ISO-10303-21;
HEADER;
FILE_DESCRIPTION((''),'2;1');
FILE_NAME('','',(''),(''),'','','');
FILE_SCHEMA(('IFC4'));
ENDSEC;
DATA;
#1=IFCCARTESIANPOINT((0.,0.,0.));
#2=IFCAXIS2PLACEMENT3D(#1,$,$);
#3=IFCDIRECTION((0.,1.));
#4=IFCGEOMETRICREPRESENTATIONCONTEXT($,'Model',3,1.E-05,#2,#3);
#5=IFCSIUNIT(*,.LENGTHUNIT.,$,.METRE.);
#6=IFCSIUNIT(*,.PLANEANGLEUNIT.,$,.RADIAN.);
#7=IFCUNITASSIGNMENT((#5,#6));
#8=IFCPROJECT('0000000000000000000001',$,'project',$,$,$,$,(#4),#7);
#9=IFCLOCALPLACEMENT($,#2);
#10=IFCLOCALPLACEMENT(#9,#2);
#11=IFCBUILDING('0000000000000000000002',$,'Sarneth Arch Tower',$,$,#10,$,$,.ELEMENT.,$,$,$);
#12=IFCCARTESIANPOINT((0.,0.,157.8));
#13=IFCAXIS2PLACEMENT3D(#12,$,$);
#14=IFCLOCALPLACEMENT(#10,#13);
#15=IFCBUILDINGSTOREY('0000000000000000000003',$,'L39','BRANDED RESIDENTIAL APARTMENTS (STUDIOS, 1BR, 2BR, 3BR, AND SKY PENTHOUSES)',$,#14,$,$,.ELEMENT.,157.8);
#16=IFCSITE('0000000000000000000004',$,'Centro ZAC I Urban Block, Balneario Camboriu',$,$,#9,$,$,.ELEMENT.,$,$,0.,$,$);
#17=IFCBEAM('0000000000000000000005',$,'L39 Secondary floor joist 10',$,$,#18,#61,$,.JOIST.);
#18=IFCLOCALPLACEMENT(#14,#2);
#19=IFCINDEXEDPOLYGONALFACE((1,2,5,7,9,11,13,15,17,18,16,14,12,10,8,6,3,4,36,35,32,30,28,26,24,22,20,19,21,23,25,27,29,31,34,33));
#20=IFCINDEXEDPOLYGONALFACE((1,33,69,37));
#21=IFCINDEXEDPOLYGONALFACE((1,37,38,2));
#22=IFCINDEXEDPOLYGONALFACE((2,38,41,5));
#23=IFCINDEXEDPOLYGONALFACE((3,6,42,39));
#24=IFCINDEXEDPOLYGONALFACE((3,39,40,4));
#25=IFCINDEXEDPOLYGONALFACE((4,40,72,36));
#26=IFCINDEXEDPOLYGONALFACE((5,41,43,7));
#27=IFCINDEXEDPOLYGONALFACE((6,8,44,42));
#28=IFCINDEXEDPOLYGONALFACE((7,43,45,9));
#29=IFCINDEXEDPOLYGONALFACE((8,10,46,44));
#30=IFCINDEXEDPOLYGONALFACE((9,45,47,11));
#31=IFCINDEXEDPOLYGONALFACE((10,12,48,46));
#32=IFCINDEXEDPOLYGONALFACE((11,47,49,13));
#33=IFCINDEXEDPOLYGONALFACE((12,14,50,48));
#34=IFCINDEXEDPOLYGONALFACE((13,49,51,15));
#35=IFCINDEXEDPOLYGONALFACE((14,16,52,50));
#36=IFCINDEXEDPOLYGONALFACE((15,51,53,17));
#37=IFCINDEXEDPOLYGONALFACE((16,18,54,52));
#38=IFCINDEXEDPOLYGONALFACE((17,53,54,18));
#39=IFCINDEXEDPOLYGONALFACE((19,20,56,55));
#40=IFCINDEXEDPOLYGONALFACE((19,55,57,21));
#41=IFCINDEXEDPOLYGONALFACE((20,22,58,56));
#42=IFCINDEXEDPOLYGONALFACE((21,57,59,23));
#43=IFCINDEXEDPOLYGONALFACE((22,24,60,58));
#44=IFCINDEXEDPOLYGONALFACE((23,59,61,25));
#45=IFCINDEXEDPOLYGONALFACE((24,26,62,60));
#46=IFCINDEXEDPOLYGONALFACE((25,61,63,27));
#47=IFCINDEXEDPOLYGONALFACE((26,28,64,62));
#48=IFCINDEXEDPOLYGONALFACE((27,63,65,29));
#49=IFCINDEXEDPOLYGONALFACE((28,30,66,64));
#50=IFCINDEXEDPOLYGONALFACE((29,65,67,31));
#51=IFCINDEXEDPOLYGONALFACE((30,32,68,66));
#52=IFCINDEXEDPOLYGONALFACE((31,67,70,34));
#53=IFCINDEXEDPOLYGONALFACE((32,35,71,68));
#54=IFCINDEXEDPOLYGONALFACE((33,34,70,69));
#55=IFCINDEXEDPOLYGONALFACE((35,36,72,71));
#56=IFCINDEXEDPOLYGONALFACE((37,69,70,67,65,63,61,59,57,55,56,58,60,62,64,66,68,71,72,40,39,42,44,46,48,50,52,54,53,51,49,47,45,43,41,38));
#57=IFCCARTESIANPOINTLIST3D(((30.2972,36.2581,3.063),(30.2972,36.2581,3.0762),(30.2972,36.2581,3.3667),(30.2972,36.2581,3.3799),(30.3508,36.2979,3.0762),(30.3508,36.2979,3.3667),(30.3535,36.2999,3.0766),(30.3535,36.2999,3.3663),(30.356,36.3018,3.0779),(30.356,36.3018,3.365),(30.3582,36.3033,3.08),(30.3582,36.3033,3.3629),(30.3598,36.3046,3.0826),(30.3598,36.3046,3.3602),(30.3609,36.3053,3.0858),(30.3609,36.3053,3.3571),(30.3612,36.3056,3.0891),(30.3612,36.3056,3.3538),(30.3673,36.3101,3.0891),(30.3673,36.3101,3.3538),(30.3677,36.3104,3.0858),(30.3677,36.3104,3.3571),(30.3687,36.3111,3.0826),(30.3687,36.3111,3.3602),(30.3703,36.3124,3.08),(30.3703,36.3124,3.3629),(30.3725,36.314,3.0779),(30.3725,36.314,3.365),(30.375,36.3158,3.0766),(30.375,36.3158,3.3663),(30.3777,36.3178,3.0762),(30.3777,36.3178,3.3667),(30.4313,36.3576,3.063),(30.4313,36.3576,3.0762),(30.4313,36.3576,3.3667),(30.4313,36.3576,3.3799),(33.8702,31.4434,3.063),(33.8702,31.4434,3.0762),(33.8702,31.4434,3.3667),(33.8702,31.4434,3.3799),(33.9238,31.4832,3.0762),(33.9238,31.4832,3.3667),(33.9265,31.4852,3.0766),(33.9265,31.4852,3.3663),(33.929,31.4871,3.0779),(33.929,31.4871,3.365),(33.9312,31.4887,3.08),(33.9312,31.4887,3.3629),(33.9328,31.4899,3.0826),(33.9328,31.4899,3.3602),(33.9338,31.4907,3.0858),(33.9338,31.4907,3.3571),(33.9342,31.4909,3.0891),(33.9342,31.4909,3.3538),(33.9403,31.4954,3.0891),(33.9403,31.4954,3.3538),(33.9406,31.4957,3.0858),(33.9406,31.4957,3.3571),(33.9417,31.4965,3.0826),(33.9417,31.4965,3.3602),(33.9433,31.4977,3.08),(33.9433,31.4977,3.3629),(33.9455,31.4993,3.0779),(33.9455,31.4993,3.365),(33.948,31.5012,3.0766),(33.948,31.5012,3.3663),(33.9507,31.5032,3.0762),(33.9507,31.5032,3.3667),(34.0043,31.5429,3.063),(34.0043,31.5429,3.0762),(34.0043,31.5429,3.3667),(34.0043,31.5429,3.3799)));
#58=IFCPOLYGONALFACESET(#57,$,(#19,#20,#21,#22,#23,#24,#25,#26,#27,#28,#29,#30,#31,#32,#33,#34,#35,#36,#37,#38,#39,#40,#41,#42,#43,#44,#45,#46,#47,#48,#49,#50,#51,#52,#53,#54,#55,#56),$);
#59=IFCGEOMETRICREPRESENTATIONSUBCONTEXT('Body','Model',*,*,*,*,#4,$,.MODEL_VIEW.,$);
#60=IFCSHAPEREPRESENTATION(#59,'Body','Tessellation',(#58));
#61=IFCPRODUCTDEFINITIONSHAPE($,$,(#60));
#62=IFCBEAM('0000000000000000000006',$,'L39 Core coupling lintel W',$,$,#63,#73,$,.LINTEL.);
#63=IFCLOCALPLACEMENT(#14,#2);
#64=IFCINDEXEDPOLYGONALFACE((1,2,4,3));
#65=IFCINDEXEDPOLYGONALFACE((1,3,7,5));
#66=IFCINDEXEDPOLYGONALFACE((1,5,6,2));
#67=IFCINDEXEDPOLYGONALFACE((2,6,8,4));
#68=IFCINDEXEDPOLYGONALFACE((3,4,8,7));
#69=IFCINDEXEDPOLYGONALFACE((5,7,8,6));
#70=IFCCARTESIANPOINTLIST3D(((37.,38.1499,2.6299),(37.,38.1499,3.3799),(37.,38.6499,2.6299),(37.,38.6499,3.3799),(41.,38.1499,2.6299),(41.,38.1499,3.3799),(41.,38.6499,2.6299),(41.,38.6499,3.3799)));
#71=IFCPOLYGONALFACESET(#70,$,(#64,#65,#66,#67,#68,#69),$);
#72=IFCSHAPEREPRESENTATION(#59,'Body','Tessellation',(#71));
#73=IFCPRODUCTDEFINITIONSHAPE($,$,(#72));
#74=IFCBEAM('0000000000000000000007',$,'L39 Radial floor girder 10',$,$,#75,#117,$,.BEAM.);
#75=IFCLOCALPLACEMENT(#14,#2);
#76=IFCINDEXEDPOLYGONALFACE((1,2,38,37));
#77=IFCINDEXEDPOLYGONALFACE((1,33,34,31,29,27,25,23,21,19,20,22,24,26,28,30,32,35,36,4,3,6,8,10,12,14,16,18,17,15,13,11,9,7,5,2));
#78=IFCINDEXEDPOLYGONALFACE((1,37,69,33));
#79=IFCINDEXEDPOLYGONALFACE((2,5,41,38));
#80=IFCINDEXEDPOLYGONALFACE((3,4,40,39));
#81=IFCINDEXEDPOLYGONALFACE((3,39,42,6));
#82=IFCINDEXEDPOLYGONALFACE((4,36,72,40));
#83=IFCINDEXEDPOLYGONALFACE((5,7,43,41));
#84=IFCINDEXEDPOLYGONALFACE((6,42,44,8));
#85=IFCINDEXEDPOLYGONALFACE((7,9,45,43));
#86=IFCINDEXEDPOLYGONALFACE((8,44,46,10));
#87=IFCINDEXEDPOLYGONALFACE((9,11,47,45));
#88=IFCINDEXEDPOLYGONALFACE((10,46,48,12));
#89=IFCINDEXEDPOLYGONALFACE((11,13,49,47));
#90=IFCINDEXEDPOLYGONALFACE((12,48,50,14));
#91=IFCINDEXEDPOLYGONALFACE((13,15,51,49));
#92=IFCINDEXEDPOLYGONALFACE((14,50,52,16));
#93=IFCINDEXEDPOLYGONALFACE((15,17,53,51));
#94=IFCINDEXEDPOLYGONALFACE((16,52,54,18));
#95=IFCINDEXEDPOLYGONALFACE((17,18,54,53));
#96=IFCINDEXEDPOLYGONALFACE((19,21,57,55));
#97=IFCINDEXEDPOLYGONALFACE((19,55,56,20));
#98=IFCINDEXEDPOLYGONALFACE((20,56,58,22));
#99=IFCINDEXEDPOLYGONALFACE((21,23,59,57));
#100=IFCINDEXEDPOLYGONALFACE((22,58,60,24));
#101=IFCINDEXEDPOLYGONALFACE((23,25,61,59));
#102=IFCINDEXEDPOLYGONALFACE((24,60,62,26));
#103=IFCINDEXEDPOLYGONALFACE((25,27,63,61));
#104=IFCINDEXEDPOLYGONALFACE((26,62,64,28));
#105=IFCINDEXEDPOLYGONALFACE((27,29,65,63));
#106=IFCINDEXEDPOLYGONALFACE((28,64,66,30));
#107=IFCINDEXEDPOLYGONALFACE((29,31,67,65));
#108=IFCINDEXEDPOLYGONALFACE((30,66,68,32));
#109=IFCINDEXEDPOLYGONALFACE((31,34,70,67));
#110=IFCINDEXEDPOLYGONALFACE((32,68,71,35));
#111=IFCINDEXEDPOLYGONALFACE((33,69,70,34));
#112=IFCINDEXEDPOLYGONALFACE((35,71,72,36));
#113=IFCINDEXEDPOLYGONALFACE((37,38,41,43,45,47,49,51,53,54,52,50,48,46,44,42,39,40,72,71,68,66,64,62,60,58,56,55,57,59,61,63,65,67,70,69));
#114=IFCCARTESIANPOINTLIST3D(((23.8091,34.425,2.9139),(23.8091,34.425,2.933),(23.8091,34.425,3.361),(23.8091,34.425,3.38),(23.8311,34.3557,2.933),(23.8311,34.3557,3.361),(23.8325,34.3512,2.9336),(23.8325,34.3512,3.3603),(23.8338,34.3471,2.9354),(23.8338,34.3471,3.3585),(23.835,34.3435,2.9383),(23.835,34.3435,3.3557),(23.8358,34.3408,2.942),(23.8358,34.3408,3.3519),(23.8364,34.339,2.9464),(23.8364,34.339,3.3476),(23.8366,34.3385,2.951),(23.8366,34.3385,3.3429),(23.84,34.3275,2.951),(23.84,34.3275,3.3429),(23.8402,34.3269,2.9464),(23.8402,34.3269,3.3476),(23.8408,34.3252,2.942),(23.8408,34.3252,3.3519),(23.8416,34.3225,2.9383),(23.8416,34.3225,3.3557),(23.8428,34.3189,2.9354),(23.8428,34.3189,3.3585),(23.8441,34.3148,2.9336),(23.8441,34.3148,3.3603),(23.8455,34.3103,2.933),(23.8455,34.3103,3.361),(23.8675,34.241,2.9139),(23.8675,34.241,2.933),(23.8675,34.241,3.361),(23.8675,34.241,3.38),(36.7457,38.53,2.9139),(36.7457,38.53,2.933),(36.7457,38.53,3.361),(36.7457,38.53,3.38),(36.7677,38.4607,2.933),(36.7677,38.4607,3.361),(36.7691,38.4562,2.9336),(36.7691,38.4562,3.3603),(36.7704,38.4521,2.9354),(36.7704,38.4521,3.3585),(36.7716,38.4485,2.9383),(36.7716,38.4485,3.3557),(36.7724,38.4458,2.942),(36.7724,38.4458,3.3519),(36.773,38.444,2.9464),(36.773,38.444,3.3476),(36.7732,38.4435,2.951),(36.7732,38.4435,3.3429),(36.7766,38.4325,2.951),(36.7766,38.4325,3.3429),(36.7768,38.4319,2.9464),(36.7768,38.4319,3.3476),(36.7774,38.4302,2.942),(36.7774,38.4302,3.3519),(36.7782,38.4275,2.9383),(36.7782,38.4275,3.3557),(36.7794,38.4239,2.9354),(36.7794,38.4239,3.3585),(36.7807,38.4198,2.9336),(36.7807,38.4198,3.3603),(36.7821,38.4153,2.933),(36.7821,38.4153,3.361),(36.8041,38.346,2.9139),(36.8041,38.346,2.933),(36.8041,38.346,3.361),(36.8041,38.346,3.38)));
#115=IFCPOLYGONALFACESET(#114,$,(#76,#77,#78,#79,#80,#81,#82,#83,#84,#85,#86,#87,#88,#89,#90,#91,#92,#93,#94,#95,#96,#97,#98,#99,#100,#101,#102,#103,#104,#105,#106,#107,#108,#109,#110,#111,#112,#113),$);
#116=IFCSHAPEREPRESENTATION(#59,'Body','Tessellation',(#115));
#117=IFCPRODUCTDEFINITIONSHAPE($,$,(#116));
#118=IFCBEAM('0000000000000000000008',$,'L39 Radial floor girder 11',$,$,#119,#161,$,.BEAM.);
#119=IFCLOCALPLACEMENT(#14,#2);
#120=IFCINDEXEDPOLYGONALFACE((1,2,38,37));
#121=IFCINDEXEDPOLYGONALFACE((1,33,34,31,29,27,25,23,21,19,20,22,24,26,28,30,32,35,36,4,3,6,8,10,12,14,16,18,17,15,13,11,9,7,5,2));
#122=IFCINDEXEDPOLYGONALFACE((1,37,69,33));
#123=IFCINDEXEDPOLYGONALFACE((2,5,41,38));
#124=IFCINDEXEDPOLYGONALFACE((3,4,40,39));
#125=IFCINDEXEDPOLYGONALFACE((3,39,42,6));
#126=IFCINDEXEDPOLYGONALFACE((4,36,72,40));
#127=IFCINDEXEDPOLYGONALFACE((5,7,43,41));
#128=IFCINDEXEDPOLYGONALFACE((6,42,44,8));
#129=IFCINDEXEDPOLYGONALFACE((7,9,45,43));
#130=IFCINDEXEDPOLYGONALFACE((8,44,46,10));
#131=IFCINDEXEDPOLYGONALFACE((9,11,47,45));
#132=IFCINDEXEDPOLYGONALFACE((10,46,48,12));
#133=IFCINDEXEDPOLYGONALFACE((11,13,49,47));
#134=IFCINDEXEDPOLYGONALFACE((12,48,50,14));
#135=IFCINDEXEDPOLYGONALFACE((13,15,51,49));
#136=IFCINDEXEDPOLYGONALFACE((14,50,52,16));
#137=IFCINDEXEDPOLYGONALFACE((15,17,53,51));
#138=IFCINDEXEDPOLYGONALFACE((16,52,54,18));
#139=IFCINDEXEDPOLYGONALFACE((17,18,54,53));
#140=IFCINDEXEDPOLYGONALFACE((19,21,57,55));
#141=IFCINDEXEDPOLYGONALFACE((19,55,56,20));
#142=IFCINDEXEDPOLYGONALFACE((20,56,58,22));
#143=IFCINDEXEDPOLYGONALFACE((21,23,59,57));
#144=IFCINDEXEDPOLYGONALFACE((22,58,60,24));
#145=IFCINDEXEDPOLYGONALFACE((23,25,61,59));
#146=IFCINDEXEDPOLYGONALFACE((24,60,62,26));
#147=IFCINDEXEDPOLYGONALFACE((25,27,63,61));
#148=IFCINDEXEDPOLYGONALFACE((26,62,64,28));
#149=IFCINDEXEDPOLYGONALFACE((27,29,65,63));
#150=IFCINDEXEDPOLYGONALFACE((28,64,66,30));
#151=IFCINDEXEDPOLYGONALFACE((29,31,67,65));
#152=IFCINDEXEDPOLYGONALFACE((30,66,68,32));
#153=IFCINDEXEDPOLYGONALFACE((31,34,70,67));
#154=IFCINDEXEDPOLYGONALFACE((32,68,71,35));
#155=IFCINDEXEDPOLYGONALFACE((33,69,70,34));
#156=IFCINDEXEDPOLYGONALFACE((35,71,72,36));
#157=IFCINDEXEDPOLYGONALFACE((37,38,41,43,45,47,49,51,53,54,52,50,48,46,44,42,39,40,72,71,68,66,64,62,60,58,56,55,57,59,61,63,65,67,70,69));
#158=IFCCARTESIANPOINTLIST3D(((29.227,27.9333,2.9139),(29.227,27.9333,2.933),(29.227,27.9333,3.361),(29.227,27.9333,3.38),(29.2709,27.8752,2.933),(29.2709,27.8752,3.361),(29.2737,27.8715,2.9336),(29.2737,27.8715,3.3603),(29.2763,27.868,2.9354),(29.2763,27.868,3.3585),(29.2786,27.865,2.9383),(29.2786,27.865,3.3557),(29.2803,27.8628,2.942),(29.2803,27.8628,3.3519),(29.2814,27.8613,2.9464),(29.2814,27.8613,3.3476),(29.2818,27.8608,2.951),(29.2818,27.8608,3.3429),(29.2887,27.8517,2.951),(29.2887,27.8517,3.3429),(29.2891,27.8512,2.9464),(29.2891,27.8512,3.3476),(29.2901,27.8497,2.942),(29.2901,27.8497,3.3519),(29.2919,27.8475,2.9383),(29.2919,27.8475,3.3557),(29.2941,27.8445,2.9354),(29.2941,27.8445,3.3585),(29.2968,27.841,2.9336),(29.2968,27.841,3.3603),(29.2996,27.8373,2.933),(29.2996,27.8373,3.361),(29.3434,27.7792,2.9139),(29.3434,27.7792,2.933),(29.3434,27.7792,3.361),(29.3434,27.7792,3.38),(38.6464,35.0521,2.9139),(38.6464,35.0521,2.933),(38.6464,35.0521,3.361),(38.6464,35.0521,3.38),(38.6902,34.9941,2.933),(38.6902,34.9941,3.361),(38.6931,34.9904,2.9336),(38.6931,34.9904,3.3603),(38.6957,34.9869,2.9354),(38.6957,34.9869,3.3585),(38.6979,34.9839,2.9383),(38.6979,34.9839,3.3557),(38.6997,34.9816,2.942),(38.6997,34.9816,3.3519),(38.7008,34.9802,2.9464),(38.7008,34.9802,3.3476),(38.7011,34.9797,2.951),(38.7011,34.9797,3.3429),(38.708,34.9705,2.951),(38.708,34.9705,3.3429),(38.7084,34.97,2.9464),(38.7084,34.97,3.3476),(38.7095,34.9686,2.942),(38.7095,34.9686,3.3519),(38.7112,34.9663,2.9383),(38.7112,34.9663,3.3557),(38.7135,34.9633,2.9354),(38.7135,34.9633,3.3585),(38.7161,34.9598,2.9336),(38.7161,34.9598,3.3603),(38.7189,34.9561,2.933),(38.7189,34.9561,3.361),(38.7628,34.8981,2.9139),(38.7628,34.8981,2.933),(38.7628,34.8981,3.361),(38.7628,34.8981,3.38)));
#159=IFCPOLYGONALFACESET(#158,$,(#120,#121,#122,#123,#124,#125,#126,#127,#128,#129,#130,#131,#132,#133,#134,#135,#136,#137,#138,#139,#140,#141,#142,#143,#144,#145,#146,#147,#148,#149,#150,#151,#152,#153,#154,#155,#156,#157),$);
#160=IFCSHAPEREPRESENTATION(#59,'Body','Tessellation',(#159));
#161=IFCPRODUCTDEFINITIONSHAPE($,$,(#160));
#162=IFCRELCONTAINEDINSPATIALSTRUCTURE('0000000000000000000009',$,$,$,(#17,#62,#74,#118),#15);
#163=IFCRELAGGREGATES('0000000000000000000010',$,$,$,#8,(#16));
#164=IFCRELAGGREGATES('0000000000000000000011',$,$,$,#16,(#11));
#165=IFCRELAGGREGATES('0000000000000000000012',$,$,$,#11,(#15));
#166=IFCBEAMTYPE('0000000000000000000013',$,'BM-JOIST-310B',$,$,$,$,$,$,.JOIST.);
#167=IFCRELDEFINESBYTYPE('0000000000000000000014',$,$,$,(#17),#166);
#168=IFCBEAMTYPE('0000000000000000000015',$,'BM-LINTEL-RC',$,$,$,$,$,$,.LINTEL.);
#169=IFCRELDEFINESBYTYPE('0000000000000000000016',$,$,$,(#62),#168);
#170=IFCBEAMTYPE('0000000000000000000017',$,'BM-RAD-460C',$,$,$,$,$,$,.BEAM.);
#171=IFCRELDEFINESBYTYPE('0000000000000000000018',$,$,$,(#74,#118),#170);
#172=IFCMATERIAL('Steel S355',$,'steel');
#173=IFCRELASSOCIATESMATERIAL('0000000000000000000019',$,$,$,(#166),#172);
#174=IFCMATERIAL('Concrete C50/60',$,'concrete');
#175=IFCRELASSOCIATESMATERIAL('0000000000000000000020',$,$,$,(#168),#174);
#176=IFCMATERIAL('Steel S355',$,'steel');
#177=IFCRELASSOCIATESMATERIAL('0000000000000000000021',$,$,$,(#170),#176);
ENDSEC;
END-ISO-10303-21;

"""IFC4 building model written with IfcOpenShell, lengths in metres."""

from ifc_helpers import new_model, si_unit, direction, frame, origin, origin_2d, place, context, subcontext, project, spatial, rectangle, i_section, extrude, material, material_profile, profile_set, type_object, element, save


model = new_model("IFC4")

# Units and contexts
model_context = context("Model", 3, precision=1e-05, world=origin(), true_north=direction((0.0, 1.0)))
body_context = subcontext(model_context, "Body", "Model", "MODEL_VIEW")
ifc_project = project(units=[si_unit("LENGTHUNIT", "METRE"), si_unit("PLANEANGLEUNIT", "RADIAN")], contexts=[model_context])

# Site, building, storey
site_placement = place(None, origin())
site = spatial("IfcSite", under=ifc_project, at=site_placement, Name="Centro ZAC I Urban Block, Balneario Camboriu", CompositionType="ELEMENT", RefElevation=0.0)
building_placement = place(site_placement, origin())
building = spatial("IfcBuilding", under=site, at=building_placement, Name="Sarneth Arch Tower", CompositionType="ELEMENT")
storey_placement = place(building_placement, frame((0.0, 0.0, 157.8)))
storey = spatial("IfcBuildingStorey", under=building, at=storey_placement, Name="L39", Description="BRANDED RESIDENTIAL APARTMENTS (STUDIOS, 1BR, 2BR, 3BR, AND SKY PENTHOUSES)", CompositionType="ELEMENT", Elevation=157.8)

# Beams
ifc_material_1 = material(Name="Steel S355", Category="steel")
ifc_material_profile_1 = material_profile(ifc_material_1, i_section(OverallWidth=0.167, OverallDepth=0.3169, WebThickness=0.0076, FlangeThickness=0.0132, FilletRadius=0.0129, at=origin_2d()), Name="W310x52")
ifc_profile_set_1 = profile_set([ifc_material_profile_1], Name="Steel S355")
beam_type_1 = type_object("IfcBeamType", Name="BM-JOIST-310B", PredefinedType="JOIST", material=ifc_profile_set_1)
beam_1_placement = place(storey_placement, frame((30.3643, 36.3079, 3.2214), z_axis=(0.595933, -0.803034, 0.0), x_axis=(0.803034, 0.595933, 0.0)))
element("IfcBeam", 1, at=beam_1_placement, inside=storey, type_object=beam_type_1, Name="L39 Secondary floor joist 10", PredefinedType="JOIST", context=body_context, shape_type="SweptSolid", body=[
    extrude(i_section(OverallWidth=0.167, OverallDepth=0.3169, WebThickness=0.0076, FlangeThickness=0.0132, FilletRadius=0.0129, at=origin_2d()), origin(), (0.0, 0.0, 1.0), 5.9956),
])
ifc_material_2 = material(Name="Concrete C50/60", Category="concrete")
ifc_material_profile_2 = material_profile(ifc_material_2, rectangle(XDim=0.5, YDim=0.75, at=origin_2d()), Name="RC-500x750")
ifc_profile_set_2 = profile_set([ifc_material_profile_2], Name="Concrete C50/60")
beam_type_2 = type_object("IfcBeamType", Name="BM-LINTEL-RC", PredefinedType="LINTEL", material=ifc_profile_set_2)
beam_2_placement = place(storey_placement, frame((37.0, 38.3999, 3.0049), z_axis=(1.0, 0.0, 0.0), x_axis=(0.0, 1.0, 0.0)))
element("IfcBeam", 2, at=beam_2_placement, inside=storey, type_object=beam_type_2, Name="L39 Core coupling lintel W", PredefinedType="LINTEL", context=body_context, shape_type="SweptSolid", body=[
    extrude(rectangle(XDim=0.5, YDim=0.75, at=origin_2d()), origin(), (0.0, 0.0, 1.0), 4.0),
])
ifc_material_3 = material(Name="Steel S355", Category="steel")
ifc_material_profile_3 = material_profile(ifc_material_3, i_section(OverallWidth=0.1931, OverallDepth=0.4661, WebThickness=0.0115, FlangeThickness=0.019, FilletRadius=0.0181, at=origin_2d()), Name="W460x97")
ifc_profile_set_3 = profile_set([ifc_material_profile_3], Name="Steel S355")
beam_type_3 = type_object("IfcBeamType", Name="BM-RAD-460C", PredefinedType="BEAM", material=ifc_profile_set_3)
beam_3_placement = place(storey_placement, frame((36.7749, 38.438, 3.147), z_axis=(-0.953164, -0.302455, 0.0), x_axis=(0.302455, -0.953164, 0.0)))
element("IfcBeam", 3, at=beam_3_placement, inside=storey, type_object=beam_type_3, Name="L39 Radial floor girder 10", PredefinedType="BEAM", context=body_context, shape_type="SweptSolid", body=[
    extrude(i_section(OverallWidth=0.1931, OverallDepth=0.4661, WebThickness=0.0115, FlangeThickness=0.019, FilletRadius=0.0181, at=origin_2d()), origin(), (0.0, 0.0, 1.0), 13.5723),
])
beam_4_placement = place(storey_placement, frame((38.7046, 34.9751, 3.147), z_axis=(-0.797786, -0.60294, 0.0), x_axis=(0.60294, -0.797786, 0.0)))
element("IfcBeam", 4, at=beam_4_placement, inside=storey, type_object=beam_type_3, Name="L39 Radial floor girder 11", PredefinedType="BEAM", context=body_context, shape_type="SweptSolid", body=[
    extrude(i_section(OverallWidth=0.1931, OverallDepth=0.4661, WebThickness=0.0115, FlangeThickness=0.019, FilletRadius=0.0181, at=origin_2d()), origin(), (0.0, 0.0, 1.0), 11.8069),
])

save(model, "model.ifc")
